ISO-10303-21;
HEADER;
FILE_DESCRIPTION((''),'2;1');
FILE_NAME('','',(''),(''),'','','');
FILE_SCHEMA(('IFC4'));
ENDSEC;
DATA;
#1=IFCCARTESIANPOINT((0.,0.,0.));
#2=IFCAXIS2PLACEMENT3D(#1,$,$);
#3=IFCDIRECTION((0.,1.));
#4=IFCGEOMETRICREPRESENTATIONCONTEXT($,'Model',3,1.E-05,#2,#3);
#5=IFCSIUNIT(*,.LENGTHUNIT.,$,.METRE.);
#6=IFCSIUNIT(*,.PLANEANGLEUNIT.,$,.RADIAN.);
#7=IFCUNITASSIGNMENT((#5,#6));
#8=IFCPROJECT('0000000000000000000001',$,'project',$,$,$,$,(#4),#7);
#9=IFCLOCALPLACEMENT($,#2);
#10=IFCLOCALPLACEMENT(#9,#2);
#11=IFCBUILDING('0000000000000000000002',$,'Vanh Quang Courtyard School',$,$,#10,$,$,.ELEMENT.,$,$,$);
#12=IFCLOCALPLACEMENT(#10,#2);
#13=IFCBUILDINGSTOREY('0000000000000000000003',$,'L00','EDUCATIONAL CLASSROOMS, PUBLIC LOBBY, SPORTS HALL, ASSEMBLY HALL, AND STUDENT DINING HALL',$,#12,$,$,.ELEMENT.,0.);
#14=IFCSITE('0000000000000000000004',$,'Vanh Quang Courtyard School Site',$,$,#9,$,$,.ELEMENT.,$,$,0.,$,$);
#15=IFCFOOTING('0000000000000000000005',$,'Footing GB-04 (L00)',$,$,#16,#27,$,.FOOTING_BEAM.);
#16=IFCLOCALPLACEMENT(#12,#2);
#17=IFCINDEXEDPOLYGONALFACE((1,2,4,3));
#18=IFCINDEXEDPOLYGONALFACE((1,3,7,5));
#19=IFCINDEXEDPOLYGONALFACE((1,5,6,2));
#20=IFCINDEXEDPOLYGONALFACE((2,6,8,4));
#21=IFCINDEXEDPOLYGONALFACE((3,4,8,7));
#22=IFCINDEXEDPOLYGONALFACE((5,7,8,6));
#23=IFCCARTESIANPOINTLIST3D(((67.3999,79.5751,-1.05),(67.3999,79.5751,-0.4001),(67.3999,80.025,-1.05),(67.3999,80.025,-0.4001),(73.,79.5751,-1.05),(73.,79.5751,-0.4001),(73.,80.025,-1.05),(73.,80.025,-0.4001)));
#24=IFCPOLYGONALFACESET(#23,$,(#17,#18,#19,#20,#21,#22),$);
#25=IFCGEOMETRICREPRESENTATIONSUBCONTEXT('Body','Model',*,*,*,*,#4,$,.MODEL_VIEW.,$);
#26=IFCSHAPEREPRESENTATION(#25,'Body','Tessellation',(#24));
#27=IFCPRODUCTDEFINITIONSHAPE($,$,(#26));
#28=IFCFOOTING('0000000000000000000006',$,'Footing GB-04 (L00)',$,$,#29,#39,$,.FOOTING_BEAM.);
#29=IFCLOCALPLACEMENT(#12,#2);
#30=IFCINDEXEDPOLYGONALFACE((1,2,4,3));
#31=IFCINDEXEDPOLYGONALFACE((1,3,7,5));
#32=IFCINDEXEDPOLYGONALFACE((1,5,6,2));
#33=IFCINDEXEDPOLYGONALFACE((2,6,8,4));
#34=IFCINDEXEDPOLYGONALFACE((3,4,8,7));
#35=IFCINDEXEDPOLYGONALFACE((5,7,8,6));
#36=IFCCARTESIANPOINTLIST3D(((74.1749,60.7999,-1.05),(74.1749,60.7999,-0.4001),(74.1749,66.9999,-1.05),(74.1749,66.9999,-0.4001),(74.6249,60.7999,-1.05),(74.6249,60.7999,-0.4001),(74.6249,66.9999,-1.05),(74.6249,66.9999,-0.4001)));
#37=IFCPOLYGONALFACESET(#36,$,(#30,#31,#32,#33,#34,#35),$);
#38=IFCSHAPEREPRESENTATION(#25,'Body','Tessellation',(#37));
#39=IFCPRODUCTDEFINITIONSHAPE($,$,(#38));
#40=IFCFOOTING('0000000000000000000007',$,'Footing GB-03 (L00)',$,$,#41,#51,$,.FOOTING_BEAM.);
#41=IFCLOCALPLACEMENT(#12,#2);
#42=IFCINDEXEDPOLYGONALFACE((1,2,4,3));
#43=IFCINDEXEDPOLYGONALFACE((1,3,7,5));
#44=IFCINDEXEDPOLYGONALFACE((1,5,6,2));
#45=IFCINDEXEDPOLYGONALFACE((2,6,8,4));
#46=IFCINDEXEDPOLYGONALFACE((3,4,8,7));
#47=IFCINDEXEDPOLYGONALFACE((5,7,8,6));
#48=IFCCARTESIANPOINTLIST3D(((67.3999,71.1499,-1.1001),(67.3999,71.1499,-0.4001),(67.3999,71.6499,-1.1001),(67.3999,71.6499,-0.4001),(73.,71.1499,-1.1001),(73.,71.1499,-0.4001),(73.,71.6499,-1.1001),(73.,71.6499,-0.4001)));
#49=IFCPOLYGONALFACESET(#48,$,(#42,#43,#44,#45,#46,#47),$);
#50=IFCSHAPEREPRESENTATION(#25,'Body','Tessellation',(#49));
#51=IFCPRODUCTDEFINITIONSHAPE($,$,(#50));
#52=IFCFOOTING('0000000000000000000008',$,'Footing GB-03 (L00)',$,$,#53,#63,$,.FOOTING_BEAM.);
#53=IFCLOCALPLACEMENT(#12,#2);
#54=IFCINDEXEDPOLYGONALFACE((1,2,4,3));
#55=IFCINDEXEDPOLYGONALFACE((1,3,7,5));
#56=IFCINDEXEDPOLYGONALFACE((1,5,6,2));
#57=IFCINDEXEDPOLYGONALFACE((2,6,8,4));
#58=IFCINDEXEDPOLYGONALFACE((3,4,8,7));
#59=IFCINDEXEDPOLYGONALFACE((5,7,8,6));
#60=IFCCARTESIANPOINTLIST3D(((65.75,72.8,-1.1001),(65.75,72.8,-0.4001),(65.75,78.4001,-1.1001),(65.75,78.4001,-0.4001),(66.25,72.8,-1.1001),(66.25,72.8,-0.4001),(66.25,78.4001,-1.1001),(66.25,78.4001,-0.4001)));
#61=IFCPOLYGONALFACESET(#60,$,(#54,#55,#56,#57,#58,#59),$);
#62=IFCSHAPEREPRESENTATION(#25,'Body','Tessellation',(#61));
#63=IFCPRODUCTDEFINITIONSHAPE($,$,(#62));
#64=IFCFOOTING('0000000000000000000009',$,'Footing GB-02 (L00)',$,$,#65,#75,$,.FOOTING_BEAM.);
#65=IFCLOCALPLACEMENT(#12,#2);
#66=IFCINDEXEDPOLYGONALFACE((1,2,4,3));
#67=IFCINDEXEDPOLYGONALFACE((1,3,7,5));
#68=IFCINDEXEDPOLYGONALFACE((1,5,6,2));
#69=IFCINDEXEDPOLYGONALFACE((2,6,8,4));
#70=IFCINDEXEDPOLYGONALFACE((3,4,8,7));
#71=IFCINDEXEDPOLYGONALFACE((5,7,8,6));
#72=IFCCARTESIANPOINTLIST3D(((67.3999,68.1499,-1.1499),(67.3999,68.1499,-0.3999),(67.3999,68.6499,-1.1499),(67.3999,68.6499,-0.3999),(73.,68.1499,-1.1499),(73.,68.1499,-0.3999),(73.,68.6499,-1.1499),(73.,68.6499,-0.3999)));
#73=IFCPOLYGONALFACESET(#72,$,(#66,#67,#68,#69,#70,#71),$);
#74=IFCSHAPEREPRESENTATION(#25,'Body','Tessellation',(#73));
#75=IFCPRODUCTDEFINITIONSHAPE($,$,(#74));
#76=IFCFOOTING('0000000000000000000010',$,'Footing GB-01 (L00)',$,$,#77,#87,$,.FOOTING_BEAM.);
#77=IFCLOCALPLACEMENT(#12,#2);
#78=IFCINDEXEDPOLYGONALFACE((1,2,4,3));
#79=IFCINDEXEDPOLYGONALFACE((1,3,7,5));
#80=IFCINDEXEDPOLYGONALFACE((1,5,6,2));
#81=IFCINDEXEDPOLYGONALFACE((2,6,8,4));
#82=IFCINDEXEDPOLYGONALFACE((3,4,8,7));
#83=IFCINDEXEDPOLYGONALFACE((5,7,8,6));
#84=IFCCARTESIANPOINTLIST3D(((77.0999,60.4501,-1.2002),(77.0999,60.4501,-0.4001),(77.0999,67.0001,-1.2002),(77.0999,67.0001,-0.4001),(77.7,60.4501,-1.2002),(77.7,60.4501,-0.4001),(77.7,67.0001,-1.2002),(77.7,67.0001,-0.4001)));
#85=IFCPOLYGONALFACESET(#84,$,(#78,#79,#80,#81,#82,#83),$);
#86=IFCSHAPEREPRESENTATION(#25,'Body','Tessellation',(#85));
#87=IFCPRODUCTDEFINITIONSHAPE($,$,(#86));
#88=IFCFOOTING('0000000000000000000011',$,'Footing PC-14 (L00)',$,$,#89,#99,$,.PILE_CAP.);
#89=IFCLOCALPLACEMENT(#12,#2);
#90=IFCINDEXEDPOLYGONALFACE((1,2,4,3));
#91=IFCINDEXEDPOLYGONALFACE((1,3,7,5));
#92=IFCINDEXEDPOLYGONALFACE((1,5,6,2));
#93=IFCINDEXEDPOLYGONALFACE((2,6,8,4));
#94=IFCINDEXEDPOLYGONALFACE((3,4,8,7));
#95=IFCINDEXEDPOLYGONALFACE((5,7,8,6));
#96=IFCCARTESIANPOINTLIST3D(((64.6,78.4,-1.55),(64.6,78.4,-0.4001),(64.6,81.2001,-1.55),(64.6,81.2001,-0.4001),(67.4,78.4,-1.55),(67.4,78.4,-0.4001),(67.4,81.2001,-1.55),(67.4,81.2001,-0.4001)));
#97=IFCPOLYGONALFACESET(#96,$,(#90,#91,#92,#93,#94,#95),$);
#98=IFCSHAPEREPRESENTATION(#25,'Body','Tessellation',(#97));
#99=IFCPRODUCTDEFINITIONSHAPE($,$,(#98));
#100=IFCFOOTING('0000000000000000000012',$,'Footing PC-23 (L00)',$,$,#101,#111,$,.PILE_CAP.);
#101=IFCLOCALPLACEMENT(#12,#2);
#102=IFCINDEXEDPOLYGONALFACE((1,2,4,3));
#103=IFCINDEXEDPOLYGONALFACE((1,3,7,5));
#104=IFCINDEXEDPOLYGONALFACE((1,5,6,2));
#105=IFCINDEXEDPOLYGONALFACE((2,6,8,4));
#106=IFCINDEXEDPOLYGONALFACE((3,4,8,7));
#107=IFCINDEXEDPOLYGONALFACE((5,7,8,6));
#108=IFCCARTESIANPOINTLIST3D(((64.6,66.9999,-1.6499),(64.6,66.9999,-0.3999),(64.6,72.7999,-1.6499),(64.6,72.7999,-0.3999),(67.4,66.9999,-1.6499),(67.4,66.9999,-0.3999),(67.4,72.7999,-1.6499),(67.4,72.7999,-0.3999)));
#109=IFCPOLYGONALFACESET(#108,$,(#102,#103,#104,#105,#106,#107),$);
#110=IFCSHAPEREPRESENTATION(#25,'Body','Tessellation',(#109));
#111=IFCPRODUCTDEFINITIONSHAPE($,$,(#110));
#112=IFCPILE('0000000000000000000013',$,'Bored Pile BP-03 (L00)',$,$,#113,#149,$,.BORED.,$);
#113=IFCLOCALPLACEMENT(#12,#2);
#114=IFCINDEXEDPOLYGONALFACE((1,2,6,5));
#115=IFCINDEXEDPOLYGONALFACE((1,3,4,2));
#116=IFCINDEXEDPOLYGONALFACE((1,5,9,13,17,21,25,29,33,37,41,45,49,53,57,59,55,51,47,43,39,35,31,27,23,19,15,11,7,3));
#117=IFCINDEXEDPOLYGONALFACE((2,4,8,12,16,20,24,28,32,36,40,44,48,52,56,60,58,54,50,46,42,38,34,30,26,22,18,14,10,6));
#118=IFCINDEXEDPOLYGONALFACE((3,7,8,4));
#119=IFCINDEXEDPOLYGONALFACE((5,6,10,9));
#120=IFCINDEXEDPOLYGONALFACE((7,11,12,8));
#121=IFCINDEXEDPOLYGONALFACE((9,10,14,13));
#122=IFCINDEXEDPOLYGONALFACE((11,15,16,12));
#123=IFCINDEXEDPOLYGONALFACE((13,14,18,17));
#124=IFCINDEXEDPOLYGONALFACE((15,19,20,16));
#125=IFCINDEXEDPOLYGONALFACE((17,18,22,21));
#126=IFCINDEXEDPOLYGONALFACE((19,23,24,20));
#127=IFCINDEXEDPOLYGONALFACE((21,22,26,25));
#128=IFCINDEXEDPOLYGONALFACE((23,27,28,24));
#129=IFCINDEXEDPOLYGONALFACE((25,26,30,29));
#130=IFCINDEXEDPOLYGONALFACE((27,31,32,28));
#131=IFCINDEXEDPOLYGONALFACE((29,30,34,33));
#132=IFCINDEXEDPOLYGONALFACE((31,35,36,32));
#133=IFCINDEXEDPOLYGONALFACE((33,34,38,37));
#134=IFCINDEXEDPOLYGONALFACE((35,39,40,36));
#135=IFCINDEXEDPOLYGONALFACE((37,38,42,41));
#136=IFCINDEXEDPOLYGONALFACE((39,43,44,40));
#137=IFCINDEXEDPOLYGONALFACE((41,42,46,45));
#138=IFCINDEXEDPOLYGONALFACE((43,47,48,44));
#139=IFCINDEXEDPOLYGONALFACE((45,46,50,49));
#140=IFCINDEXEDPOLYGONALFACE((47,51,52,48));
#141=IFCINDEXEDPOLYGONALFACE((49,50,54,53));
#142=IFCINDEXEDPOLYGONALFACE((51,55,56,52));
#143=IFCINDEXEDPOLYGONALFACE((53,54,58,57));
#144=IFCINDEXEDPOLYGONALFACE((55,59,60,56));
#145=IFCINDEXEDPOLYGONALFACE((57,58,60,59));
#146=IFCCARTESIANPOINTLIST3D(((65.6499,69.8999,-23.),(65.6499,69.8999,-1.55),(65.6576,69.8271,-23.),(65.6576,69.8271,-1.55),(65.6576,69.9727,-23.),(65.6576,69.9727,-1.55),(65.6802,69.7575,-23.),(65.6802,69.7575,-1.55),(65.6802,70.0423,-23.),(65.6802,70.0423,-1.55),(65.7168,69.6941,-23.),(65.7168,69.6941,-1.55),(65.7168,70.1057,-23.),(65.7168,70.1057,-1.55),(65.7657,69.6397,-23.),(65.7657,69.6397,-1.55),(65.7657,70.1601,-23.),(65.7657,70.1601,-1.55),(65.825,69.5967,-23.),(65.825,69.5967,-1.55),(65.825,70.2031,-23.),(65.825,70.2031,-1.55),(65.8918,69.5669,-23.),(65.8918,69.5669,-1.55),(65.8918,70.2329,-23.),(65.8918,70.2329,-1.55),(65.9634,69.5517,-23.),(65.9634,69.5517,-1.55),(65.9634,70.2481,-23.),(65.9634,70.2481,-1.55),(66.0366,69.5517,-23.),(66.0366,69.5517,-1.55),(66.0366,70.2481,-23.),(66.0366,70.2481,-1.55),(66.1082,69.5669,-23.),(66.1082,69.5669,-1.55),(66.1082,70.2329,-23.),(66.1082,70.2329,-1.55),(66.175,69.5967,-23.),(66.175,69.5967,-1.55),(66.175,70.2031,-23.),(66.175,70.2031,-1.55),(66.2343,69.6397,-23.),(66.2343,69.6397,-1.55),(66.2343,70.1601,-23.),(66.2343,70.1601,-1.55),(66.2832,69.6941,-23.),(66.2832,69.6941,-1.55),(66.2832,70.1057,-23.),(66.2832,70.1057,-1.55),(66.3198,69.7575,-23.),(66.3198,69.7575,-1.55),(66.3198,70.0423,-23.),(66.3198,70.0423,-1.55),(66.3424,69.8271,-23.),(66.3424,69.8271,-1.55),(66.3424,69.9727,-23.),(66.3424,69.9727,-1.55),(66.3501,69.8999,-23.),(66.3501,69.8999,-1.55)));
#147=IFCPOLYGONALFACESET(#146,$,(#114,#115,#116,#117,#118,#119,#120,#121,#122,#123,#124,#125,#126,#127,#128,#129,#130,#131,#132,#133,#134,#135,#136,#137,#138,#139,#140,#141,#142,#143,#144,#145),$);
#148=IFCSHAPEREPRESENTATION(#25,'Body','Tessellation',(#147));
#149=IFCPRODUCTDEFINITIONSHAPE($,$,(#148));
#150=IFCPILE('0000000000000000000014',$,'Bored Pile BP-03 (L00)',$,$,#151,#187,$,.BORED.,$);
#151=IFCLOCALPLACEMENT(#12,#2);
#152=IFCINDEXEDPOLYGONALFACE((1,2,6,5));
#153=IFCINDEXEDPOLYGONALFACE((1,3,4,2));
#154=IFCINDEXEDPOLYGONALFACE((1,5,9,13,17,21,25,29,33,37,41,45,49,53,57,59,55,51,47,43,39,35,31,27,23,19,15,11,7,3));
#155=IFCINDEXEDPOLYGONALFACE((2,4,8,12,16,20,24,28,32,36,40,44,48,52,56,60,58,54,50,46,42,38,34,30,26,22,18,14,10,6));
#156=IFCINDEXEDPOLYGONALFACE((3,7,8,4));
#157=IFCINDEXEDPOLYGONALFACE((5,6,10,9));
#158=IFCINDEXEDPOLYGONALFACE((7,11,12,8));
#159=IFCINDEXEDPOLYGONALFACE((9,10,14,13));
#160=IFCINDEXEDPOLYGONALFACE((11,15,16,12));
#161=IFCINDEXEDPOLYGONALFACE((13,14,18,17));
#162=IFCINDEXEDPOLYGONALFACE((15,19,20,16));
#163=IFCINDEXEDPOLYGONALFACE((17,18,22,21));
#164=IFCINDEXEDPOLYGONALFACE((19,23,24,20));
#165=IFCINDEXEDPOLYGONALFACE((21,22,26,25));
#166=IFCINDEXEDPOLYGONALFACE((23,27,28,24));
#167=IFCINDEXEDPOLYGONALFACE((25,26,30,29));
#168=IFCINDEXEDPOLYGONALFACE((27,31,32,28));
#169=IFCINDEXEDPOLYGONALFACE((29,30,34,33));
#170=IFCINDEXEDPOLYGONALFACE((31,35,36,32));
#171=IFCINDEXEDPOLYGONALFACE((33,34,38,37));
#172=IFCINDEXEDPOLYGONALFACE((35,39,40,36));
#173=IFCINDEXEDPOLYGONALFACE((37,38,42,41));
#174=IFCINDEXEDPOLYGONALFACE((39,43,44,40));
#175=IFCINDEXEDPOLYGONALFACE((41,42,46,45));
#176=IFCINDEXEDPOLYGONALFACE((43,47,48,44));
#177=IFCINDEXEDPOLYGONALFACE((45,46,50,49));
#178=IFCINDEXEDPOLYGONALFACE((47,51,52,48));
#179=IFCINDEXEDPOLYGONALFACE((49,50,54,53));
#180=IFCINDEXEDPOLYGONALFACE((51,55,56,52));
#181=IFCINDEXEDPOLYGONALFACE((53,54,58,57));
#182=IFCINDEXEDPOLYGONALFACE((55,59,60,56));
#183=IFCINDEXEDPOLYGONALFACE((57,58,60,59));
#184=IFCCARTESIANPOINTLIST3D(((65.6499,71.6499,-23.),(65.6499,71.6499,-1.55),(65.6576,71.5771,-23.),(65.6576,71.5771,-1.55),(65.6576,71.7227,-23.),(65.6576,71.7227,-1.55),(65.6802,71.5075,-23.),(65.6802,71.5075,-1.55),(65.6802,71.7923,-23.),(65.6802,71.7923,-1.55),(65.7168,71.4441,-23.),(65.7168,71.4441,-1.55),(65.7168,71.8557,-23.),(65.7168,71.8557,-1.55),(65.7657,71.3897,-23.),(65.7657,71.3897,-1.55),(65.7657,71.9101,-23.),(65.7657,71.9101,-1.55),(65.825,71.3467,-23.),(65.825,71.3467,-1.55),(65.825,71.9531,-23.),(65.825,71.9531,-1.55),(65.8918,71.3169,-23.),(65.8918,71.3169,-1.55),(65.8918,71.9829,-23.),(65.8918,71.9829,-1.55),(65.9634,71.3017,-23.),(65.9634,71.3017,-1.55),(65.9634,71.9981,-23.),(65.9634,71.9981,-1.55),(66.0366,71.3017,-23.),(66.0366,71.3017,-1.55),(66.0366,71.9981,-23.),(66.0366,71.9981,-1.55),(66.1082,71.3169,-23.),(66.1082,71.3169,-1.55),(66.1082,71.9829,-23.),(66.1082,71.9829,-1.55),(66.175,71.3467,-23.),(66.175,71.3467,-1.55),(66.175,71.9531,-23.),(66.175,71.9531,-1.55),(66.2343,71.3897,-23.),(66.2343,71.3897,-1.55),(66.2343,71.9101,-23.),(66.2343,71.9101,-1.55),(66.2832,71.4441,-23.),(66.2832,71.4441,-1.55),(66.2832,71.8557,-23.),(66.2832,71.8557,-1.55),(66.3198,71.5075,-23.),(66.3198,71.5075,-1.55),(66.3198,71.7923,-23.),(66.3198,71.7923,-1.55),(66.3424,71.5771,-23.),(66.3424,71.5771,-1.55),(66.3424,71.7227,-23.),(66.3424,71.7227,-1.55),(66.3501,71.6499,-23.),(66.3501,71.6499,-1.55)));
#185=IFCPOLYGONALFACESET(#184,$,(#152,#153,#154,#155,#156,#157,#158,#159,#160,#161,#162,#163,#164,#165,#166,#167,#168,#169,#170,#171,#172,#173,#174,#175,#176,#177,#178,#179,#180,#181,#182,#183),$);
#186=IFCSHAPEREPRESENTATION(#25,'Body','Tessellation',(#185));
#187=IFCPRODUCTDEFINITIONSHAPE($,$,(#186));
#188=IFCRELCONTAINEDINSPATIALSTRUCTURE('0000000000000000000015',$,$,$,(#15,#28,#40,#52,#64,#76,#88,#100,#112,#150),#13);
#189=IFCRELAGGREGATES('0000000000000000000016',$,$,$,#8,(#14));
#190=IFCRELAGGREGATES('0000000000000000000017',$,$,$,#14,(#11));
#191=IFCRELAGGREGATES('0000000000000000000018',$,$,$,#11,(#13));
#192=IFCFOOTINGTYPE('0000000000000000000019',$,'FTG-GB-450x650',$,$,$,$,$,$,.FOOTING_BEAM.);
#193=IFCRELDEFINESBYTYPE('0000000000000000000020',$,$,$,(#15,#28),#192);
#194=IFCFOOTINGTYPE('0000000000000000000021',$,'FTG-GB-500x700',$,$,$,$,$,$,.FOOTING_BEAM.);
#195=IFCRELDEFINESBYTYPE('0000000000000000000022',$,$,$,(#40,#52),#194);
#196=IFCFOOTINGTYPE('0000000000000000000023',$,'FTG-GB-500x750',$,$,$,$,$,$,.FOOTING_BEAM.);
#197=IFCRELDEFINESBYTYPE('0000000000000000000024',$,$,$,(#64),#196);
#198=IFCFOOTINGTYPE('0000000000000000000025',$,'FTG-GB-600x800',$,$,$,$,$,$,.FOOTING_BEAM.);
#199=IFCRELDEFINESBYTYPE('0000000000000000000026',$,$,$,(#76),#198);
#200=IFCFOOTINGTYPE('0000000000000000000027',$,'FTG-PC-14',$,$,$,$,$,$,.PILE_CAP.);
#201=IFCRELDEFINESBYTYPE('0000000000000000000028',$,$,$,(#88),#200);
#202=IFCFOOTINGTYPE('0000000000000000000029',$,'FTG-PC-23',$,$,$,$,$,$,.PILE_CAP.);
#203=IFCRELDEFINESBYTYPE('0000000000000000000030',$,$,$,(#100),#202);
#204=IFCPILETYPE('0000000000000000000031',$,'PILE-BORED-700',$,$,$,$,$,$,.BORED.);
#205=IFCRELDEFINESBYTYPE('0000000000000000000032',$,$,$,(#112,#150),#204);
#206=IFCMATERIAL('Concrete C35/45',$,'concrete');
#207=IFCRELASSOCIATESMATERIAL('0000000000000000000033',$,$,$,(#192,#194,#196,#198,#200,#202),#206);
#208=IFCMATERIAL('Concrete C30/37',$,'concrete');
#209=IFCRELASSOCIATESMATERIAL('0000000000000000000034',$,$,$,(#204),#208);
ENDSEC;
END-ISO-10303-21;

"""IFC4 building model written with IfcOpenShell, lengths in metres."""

from ifc_helpers import new_model, si_unit, direction, frame, origin, origin_2d, place, context, subcontext, project, spatial, rectangle, circle, extrude, material, material_profile, profile_set, type_object, element, save


model = new_model("IFC4")

# Units and contexts
model_context = context("Model", 3, precision=1e-05, world=origin(), true_north=direction((0.0, 1.0)))
body_context = subcontext(model_context, "Body", "Model", "MODEL_VIEW")
ifc_project = project(units=[si_unit("LENGTHUNIT", "METRE"), si_unit("PLANEANGLEUNIT", "RADIAN")], contexts=[model_context])

# Site, building, storey
site_placement = place(None, origin())
site = spatial("IfcSite", under=ifc_project, at=site_placement, Name="Vanh Quang Courtyard School Site", CompositionType="ELEMENT", RefElevation=0.0)
building_placement = place(site_placement, origin())
building = spatial("IfcBuilding", under=site, at=building_placement, Name="Vanh Quang Courtyard School", CompositionType="ELEMENT")
storey_placement = place(building_placement, origin())
storey = spatial("IfcBuildingStorey", under=building, at=storey_placement, Name="L00", Description="EDUCATIONAL CLASSROOMS, PUBLIC LOBBY, SPORTS HALL, ASSEMBLY HALL, AND STUDENT DINING HALL", CompositionType="ELEMENT", Elevation=0.0)

# Footings
ifc_material_1 = material(Name="Concrete C35/45", Category="concrete")
footing_type_1 = type_object("IfcFootingType", Name="FTG-GB-450x650", PredefinedType="FOOTING_BEAM", material=ifc_material_1)
footing_1_placement = place(storey_placement, frame((70.2, 79.8, -1.05), z_axis=(0.0, 0.0, 1.0), x_axis=(1.0, 0.0, 0.0)))
element("IfcFooting", 1, at=footing_1_placement, inside=storey, type_object=footing_type_1, Name="Footing GB-04 (L00)", PredefinedType="FOOTING_BEAM", context=body_context, shape_type="SweptSolid", body=[
    extrude(rectangle(XDim=5.6001, YDim=0.45, at=origin_2d()), origin(), (0.0, 0.0, 1.0), 0.6499),
])
footing_2_placement = place(storey_placement, frame((74.3999, 63.8999, -1.05), z_axis=(0.0, 0.0, 1.0), x_axis=(0.0, 1.0, 0.0)))
element("IfcFooting", 2, at=footing_2_placement, inside=storey, type_object=footing_type_1, Name="Footing GB-04 (L00)", PredefinedType="FOOTING_BEAM", context=body_context, shape_type="SweptSolid", body=[
    extrude(rectangle(XDim=6.2, YDim=0.45, at=origin_2d()), origin(), (0.0, 0.0, 1.0), 0.6499),
])
footing_type_2 = type_object("IfcFootingType", Name="FTG-GB-500x700", PredefinedType="FOOTING_BEAM", material=ifc_material_1)
for number, where, z_axis, x_axis, name in (
    (3, (70.2, 71.3999, -1.1001), (0.0, 0.0, 1.0), (1.0, 0.0, 0.0), "Footing GB-03 (L00)"),
    (4, (66.0, 75.6001, -1.1001), (0.0, 0.0, 1.0), (0.0, 1.0, 0.0), "Footing GB-03 (L00)"),
):
    element("IfcFooting", number, at=place(storey_placement, frame(where, z_axis=z_axis, x_axis=x_axis)), inside=storey, type_object=footing_type_2, Name=name, PredefinedType="FOOTING_BEAM", context=body_context, shape_type="SweptSolid", body=[
        extrude(rectangle(XDim=5.6001, YDim=0.5, at=origin_2d()), origin(), (0.0, 0.0, 1.0), 0.7),
    ])
footing_type_3 = type_object("IfcFootingType", Name="FTG-GB-500x750", PredefinedType="FOOTING_BEAM", material=ifc_material_1)
footing_3_placement = place(storey_placement, frame((70.2, 68.3999, -1.1499), z_axis=(0.0, 0.0, 1.0), x_axis=(1.0, 0.0, 0.0)))
element("IfcFooting", 5, at=footing_3_placement, inside=storey, type_object=footing_type_3, Name="Footing GB-02 (L00)", PredefinedType="FOOTING_BEAM", context=body_context, shape_type="SweptSolid", body=[
    extrude(rectangle(XDim=5.6001, YDim=0.5, at=origin_2d()), origin(), (0.0, 0.0, 1.0), 0.75),
])
footing_type_4 = type_object("IfcFootingType", Name="FTG-GB-600x800", PredefinedType="FOOTING_BEAM", material=ifc_material_1)
footing_4_placement = place(storey_placement, frame((77.3999, 63.7251, -1.2002), z_axis=(0.0, 0.0, 1.0), x_axis=(0.0, 1.0, 0.0)))
element("IfcFooting", 6, at=footing_4_placement, inside=storey, type_object=footing_type_4, Name="Footing GB-01 (L00)", PredefinedType="FOOTING_BEAM", context=body_context, shape_type="SweptSolid", body=[
    extrude(rectangle(XDim=6.55, YDim=0.6001, at=origin_2d()), origin(), (0.0, 0.0, 1.0), 0.8),
])
footing_type_5 = type_object("IfcFootingType", Name="FTG-PC-14", PredefinedType="PILE_CAP", material=ifc_material_1)
footing_5_placement = place(storey_placement, frame((66.0, 79.8, -1.55), z_axis=(0.0, 0.0, 1.0), x_axis=(1.0, 0.0, 0.0)))
element("IfcFooting", 7, at=footing_5_placement, inside=storey, type_object=footing_type_5, Name="Footing PC-14 (L00)", PredefinedType="PILE_CAP", context=body_context, shape_type="SweptSolid", body=[
    extrude(rectangle(XDim=2.8, YDim=2.8, at=origin_2d()), origin(), (0.0, 0.0, 1.0), 1.1499),
])
footing_type_6 = type_object("IfcFootingType", Name="FTG-PC-23", PredefinedType="PILE_CAP", material=ifc_material_1)
footing_6_placement = place(storey_placement, frame((66.0, 69.8999, -1.6499), z_axis=(0.0, 0.0, 1.0), x_axis=(1.0, 0.0, 0.0)))
element("IfcFooting", 8, at=footing_6_placement, inside=storey, type_object=footing_type_6, Name="Footing PC-23 (L00)", PredefinedType="PILE_CAP", context=body_context, shape_type="SweptSolid", body=[
    extrude(rectangle(XDim=2.8, YDim=5.8, at=origin_2d()), origin(), (0.0, 0.0, 1.0), 1.25),
])

# Piles
ifc_material_2 = material(Name="Concrete C30/37", Category="concrete")
ifc_material_profile_1 = material_profile(ifc_material_2, circle(Radius=0.3501, at=origin_2d()), Name="PILE D700")
ifc_profile_set_1 = profile_set([ifc_material_profile_1], Name="Concrete C30/37")
pile_type_1 = type_object("IfcPileType", Name="PILE-BORED-700", PredefinedType="BORED", material=ifc_profile_set_1)
for number, where, z_axis, x_axis, name in (
    (9, (66.0, 69.8999, -1.55), (0.0, 0.0, -1.0), (1.0, 0.0, 0.0), "Bored Pile BP-03 (L00)"),
    (10, (66.0, 71.6499, -1.55), (0.0, 0.0, -1.0), (1.0, 0.0, 0.0), "Bored Pile BP-03 (L00)"),
):
    element("IfcPile", number, at=place(storey_placement, frame(where, z_axis=z_axis, x_axis=x_axis)), inside=storey, type_object=pile_type_1, Name=name, PredefinedType="BORED", context=body_context, shape_type="SweptSolid", body=[
        extrude(circle(Radius=0.3501, at=origin_2d()), origin(), (0.0, 0.0, 1.0), 21.45),
    ])

save(model, "model.ifc")
